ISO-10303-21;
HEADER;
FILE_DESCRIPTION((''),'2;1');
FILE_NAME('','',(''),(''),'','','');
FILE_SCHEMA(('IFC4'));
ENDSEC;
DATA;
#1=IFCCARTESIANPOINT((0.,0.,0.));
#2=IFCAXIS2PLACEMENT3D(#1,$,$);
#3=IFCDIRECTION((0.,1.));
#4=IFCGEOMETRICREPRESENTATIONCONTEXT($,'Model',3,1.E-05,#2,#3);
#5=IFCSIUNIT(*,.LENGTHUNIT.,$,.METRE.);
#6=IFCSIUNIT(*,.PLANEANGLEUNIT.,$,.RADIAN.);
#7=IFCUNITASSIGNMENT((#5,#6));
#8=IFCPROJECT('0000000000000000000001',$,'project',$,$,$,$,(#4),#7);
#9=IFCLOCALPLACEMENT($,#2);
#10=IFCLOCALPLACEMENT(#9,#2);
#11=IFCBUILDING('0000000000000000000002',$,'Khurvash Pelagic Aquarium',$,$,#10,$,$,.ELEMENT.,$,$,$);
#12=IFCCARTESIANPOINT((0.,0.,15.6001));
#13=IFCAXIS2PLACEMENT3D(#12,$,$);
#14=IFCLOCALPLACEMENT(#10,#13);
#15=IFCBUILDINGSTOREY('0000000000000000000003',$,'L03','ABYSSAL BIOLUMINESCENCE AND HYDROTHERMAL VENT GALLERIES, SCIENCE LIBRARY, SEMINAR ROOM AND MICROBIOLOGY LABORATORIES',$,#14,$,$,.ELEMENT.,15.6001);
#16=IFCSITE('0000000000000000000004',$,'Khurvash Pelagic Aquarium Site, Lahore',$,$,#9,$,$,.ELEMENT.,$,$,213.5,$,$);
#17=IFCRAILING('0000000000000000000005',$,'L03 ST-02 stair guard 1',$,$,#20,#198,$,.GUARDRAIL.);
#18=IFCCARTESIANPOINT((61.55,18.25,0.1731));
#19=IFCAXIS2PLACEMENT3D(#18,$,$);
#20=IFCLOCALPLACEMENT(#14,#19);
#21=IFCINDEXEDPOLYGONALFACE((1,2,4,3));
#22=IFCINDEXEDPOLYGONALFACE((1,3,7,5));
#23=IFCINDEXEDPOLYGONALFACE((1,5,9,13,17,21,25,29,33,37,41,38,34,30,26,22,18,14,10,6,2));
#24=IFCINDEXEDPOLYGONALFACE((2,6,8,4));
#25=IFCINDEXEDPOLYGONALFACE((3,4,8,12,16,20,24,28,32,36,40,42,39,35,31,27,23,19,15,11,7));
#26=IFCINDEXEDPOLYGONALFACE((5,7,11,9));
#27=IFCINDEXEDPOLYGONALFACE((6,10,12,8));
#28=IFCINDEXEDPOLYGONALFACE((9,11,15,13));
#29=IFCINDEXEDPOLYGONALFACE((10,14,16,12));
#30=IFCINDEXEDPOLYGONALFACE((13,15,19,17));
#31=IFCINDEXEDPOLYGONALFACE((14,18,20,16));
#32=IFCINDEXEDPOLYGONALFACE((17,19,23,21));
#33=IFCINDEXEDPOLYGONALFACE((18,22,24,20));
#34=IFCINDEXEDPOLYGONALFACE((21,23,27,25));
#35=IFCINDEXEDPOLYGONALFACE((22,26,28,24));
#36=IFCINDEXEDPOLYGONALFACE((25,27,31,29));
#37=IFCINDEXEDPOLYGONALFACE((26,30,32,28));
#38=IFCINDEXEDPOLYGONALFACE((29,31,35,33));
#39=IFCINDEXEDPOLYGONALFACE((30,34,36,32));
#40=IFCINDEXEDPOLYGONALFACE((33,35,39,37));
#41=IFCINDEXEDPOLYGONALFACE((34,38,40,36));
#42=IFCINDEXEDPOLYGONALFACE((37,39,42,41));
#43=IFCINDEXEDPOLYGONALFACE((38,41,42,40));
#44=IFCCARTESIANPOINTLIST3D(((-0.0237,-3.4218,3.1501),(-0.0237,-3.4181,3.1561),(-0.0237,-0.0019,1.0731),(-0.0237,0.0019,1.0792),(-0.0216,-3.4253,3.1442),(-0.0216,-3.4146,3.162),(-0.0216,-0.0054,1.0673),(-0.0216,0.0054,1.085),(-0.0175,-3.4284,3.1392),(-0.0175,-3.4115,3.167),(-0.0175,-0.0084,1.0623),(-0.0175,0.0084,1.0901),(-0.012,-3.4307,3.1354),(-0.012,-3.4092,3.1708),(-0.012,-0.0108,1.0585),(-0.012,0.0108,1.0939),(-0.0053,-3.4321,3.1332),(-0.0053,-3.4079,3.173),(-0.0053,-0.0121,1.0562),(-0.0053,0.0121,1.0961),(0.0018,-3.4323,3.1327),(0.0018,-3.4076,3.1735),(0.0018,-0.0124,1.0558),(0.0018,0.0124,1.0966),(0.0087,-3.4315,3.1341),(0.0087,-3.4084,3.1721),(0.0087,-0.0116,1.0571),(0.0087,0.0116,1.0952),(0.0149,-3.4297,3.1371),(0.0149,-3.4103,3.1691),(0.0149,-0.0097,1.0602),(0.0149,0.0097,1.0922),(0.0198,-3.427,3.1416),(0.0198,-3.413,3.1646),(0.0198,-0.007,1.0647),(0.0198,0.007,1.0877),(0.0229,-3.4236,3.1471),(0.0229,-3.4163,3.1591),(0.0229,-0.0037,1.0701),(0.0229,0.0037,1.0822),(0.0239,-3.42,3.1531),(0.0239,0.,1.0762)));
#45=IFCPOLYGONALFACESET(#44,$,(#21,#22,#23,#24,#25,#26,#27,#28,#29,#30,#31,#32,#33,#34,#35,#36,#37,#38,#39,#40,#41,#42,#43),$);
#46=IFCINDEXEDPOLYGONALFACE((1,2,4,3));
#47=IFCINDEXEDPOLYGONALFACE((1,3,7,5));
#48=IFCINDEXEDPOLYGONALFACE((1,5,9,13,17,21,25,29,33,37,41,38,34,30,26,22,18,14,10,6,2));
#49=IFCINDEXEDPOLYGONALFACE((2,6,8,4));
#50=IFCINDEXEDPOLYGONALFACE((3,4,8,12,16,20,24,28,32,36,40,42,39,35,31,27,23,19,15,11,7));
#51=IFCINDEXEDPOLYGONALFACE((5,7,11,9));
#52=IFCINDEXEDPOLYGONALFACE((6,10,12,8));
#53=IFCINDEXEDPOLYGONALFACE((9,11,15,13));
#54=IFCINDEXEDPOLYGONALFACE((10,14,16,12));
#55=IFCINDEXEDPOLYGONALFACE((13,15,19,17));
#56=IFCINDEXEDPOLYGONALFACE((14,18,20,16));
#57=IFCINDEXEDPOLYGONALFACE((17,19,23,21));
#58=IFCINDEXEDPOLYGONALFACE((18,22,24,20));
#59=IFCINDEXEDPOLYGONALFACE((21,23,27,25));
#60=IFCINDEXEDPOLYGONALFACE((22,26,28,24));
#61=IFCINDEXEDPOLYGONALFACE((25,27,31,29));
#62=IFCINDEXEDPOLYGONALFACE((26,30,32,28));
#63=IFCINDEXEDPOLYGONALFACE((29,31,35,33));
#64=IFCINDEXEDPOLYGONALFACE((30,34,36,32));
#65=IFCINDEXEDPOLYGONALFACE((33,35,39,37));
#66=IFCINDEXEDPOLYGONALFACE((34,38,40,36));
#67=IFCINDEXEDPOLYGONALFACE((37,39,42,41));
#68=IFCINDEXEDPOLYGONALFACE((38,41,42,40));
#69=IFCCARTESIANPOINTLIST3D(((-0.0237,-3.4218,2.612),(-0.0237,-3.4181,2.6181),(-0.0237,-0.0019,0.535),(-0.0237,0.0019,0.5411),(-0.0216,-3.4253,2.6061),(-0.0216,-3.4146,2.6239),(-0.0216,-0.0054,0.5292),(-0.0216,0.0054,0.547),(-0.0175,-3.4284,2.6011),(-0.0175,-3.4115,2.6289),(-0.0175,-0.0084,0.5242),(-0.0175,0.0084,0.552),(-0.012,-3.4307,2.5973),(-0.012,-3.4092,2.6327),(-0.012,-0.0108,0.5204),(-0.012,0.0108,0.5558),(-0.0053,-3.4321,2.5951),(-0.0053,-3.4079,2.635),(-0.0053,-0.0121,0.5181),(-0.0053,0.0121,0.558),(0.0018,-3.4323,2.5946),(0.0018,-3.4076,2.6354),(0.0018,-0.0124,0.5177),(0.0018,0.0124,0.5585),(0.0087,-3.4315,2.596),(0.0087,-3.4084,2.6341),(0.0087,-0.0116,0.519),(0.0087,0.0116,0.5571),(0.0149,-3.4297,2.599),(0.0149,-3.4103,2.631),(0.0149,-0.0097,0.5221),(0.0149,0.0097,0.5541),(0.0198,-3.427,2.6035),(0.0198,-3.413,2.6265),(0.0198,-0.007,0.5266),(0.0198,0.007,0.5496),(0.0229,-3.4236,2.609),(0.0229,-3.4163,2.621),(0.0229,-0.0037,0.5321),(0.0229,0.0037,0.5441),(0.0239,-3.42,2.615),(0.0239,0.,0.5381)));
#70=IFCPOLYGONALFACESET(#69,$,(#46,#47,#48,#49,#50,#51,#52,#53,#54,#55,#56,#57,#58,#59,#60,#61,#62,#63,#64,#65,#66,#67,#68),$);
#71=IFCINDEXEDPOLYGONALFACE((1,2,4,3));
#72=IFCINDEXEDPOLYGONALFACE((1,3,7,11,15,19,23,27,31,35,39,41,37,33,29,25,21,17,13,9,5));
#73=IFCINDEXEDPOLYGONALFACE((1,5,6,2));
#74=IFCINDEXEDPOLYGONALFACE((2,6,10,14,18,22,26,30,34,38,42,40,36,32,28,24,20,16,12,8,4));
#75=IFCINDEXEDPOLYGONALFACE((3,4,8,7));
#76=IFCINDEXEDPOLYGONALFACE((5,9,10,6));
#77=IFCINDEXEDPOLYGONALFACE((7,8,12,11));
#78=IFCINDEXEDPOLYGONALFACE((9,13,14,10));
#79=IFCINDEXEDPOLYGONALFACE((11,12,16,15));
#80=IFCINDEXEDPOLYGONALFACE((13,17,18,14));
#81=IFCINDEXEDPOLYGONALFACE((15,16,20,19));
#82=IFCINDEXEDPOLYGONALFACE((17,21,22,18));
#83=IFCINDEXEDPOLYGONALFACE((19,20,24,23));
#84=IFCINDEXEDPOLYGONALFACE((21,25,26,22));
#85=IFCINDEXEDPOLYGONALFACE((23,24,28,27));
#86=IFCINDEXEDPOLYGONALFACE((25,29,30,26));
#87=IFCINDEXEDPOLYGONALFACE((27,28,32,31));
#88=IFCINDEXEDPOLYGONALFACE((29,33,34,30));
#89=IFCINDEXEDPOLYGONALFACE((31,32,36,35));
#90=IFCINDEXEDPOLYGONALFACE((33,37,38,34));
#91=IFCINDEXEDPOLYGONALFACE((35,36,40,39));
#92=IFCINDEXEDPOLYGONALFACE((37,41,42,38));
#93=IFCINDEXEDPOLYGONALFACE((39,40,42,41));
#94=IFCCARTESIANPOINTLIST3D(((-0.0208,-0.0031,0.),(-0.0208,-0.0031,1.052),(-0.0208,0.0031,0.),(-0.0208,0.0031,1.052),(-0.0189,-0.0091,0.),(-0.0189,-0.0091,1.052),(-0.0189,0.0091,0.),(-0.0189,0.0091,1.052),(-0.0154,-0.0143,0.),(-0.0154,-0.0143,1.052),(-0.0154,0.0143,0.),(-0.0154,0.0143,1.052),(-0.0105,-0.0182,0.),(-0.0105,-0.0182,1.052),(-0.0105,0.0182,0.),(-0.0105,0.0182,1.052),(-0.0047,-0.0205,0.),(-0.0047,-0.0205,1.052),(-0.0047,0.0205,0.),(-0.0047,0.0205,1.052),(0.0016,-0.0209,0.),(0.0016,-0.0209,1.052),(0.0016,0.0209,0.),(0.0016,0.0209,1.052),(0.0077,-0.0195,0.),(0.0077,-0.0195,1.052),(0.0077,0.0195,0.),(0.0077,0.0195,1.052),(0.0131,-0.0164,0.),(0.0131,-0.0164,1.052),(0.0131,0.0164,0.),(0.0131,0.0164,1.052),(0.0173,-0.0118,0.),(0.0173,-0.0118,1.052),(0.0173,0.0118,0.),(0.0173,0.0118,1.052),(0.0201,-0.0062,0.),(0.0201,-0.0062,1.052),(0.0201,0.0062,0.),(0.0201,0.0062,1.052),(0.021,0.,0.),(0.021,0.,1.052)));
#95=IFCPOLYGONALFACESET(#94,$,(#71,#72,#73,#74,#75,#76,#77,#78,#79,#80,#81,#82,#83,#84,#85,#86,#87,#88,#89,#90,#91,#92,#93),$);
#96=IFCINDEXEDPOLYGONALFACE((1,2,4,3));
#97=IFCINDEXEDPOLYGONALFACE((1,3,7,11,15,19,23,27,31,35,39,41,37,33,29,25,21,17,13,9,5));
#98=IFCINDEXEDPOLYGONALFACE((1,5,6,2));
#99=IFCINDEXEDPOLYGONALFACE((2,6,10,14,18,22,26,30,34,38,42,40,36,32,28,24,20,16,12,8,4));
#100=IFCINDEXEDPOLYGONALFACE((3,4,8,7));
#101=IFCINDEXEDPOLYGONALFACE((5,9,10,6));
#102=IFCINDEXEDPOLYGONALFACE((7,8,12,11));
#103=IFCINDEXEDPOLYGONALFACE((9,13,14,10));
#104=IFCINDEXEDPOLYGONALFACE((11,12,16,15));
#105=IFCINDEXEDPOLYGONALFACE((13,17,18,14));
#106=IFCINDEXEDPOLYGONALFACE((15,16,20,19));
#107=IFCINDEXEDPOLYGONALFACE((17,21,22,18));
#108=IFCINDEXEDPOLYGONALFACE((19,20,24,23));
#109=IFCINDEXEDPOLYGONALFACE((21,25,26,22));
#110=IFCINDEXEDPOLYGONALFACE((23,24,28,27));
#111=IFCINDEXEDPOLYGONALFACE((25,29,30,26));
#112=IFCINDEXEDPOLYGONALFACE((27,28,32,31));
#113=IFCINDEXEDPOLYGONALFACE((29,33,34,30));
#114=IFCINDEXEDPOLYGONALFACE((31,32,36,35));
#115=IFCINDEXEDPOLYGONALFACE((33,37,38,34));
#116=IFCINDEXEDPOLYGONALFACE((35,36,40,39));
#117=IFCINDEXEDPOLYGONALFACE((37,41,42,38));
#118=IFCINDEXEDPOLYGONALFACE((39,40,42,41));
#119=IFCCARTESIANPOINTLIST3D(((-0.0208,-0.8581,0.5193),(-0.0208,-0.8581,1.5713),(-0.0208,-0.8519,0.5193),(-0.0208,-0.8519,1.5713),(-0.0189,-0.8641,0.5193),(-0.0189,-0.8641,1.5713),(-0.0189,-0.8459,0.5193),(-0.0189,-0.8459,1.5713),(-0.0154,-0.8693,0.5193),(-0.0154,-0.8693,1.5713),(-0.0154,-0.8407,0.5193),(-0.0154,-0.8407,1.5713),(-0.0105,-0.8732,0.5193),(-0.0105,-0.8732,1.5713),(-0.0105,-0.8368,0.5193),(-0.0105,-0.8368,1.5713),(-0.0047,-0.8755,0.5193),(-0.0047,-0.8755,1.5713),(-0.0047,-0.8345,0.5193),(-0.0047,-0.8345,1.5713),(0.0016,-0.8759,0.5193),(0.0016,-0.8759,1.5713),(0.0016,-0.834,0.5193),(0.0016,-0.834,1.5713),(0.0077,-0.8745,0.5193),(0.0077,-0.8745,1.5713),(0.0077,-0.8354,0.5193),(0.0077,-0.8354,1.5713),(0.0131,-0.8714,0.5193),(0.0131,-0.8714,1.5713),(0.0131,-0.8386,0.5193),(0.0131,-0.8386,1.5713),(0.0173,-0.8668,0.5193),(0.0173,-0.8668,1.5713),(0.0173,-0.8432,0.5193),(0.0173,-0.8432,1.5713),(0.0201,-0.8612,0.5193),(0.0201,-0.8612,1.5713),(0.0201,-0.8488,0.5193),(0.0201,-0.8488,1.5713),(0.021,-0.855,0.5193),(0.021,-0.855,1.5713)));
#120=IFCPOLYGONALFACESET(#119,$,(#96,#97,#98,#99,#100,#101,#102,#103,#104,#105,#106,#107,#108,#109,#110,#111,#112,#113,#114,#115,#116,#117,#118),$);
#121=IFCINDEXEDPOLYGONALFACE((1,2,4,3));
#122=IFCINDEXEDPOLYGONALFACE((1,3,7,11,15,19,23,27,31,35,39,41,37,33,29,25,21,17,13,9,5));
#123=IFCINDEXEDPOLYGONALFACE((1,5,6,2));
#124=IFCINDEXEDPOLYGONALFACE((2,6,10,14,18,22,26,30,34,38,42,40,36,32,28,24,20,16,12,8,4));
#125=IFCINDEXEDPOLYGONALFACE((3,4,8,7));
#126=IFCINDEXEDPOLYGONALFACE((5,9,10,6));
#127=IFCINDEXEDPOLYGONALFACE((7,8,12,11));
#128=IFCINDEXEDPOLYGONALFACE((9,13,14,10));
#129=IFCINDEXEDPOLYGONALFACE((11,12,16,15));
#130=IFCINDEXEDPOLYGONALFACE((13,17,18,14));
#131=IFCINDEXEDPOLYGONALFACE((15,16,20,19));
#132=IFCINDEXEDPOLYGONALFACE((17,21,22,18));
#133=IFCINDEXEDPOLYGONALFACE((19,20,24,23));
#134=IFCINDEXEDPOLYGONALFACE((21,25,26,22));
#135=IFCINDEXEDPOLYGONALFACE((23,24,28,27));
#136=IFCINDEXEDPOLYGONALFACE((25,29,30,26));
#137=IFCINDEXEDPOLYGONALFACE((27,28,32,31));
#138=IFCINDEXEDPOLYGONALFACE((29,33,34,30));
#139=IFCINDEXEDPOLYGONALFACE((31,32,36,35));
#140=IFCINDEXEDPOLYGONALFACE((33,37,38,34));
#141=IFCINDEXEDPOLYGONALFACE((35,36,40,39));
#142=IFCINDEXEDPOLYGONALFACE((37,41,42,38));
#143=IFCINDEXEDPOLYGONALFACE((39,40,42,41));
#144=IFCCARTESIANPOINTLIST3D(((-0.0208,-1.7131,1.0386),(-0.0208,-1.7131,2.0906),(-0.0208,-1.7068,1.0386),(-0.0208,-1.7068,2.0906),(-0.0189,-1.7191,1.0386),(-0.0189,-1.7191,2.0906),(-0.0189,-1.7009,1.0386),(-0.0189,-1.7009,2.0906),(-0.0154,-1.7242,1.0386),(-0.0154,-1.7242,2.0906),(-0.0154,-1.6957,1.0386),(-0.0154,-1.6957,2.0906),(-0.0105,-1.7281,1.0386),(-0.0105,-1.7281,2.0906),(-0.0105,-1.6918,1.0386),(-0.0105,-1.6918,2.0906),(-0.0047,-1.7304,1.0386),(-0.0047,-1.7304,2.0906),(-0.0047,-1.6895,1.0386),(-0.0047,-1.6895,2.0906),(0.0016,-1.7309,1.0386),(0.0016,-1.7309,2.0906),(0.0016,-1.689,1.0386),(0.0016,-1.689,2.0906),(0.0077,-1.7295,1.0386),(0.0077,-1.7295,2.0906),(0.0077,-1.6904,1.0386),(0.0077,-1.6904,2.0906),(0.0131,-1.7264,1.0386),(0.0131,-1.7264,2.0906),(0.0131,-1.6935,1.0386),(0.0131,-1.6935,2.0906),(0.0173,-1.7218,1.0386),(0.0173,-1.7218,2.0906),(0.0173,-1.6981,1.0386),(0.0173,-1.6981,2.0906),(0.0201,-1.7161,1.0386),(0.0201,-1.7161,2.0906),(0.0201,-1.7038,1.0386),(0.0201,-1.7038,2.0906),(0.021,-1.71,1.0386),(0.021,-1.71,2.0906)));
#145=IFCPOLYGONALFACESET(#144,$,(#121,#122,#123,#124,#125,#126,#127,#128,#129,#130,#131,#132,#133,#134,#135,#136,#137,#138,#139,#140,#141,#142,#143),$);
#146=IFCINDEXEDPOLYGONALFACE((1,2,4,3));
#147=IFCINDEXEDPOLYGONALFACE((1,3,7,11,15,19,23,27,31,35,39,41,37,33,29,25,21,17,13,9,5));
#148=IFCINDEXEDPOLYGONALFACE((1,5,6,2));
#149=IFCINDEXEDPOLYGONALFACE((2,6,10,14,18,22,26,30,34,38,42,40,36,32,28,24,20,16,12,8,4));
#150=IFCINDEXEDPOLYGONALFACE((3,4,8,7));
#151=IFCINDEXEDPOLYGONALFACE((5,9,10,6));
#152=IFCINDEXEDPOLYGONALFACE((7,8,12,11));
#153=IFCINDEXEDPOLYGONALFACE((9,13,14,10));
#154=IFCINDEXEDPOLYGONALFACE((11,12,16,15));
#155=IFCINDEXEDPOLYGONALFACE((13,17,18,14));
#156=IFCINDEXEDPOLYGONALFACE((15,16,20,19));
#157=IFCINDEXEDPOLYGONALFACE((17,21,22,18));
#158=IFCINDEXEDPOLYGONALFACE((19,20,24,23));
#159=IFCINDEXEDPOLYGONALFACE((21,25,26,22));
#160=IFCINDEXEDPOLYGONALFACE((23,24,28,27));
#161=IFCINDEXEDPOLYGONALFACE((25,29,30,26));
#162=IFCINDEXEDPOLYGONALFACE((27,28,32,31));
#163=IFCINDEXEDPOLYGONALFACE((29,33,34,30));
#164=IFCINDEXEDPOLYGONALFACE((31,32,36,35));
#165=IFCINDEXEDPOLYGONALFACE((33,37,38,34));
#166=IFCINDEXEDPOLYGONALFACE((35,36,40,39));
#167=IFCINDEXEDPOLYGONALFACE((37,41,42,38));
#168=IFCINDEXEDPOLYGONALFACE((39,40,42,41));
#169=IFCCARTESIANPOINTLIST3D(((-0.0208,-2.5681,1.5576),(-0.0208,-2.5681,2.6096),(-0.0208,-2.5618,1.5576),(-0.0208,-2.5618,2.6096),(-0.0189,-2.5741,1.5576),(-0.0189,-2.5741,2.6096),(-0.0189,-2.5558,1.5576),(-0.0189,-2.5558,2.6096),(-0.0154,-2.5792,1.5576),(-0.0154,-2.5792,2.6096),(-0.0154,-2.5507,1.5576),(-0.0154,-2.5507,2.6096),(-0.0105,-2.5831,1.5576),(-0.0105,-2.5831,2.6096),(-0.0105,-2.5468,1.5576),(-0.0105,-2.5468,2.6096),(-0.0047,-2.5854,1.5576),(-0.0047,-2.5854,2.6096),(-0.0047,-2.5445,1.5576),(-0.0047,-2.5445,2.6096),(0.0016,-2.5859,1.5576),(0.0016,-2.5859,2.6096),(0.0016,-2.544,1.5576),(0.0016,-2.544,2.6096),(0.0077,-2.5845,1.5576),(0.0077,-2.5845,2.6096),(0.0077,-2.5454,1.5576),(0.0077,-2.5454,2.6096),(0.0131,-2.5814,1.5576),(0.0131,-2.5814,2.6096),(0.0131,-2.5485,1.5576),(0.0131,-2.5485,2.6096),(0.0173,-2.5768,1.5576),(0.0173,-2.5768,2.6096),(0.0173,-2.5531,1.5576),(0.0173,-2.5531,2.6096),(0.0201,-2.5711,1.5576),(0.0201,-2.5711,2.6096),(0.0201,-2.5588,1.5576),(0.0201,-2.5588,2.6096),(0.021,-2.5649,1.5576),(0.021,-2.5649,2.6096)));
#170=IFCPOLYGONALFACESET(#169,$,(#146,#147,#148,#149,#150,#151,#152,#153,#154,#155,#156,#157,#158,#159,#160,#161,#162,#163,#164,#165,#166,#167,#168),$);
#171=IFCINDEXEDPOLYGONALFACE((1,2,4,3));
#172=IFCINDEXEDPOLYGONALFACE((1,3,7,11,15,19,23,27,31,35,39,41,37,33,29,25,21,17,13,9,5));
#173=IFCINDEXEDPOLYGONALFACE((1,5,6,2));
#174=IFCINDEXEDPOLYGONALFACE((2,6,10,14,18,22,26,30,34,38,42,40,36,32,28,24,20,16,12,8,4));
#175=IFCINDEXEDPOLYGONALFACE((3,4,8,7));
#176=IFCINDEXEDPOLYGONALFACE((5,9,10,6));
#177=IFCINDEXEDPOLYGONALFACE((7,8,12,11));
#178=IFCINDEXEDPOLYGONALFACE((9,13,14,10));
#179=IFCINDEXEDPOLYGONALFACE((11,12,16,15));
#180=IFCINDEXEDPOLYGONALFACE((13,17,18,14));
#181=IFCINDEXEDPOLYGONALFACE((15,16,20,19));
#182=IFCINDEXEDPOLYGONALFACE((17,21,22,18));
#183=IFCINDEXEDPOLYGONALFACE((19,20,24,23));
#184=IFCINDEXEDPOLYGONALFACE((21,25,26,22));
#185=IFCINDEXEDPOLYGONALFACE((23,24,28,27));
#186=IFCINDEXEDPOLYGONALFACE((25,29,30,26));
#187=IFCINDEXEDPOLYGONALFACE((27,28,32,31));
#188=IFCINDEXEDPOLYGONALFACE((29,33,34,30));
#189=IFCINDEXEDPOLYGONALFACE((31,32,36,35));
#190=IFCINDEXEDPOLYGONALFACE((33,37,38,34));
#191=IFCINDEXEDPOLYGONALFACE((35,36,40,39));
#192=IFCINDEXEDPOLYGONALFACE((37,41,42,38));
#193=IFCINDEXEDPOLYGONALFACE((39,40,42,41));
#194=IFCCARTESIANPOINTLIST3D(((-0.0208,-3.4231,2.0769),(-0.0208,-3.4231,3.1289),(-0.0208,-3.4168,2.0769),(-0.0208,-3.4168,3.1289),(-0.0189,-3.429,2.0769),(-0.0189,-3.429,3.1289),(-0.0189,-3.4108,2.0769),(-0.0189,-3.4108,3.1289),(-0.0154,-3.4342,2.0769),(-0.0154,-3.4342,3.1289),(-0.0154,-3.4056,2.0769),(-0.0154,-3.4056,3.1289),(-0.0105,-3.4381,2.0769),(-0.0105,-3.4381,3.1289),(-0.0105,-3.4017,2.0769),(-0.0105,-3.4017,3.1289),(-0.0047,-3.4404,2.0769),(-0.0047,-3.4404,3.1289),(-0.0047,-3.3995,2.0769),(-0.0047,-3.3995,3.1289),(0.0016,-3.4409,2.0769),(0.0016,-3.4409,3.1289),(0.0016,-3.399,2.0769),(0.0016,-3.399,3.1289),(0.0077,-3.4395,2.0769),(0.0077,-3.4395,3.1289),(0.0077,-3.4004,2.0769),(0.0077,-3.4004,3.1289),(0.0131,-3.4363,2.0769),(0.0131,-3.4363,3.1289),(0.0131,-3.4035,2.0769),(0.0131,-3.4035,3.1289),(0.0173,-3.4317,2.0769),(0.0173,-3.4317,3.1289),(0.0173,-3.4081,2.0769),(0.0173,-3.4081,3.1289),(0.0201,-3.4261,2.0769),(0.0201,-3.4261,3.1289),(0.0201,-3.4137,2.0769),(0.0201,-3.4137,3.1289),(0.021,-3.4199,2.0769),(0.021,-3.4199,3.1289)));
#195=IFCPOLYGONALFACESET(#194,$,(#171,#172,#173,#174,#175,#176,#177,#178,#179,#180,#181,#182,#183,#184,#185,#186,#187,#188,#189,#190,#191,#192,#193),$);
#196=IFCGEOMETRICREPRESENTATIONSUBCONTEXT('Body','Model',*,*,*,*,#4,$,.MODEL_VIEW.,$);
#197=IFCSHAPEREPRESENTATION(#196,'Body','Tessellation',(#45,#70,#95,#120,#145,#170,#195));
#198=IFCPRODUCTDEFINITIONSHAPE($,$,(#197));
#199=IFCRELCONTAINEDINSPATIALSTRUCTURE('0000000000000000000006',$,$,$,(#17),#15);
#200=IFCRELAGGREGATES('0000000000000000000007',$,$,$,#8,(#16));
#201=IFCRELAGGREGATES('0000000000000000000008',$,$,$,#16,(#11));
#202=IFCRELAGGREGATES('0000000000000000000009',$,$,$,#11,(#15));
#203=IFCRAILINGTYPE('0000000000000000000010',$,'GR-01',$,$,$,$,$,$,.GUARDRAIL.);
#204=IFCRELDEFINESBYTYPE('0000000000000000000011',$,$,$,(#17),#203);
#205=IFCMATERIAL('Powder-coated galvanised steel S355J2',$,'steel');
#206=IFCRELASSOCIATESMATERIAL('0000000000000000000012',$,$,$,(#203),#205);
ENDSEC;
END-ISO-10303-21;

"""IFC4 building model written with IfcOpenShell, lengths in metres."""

from ifc_helpers import new_model, si_unit, direction, frame, origin, origin_2d, place, context, subcontext, project, spatial, circle, extrude, material, type_object, element, save


model = new_model("IFC4")

# Units and contexts
model_context = context("Model", 3, precision=1e-05, world=origin(), true_north=direction((0.0, 1.0)))
body_context = subcontext(model_context, "Body", "Model", "MODEL_VIEW")
ifc_project = project(units=[si_unit("LENGTHUNIT", "METRE"), si_unit("PLANEANGLEUNIT", "RADIAN")], contexts=[model_context])

# Site, building, storey
site_placement = place(None, origin())
site = spatial("IfcSite", under=ifc_project, at=site_placement, Name="Khurvash Pelagic Aquarium Site, Lahore", CompositionType="ELEMENT", RefElevation=213.5)
building_placement = place(site_placement, origin())
building = spatial("IfcBuilding", under=site, at=building_placement, Name="Khurvash Pelagic Aquarium", CompositionType="ELEMENT")
storey_placement = place(building_placement, frame((0.0, 0.0, 15.6001)))
storey = spatial("IfcBuildingStorey", under=building, at=storey_placement, Name="L03", Description="ABYSSAL BIOLUMINESCENCE AND HYDROTHERMAL VENT GALLERIES, SCIENCE LIBRARY, SEMINAR ROOM AND MICROBIOLOGY LABORATORIES", CompositionType="ELEMENT", Elevation=15.6001)

# Railing
ifc_material_1 = material(Name="Powder-coated galvanised steel S355J2", Category="steel")
railing_type_1 = type_object("IfcRailingType", Name="GR-01", PredefinedType="GUARDRAIL", material=ifc_material_1)
railing_1_placement = place(storey_placement, frame((61.55, 18.25, 0.1731)))
element("IfcRailing", 1, at=railing_1_placement, inside=storey, type_object=railing_type_1, Name="L03 ST-02 stair guard 1", PredefinedType="GUARDRAIL", context=body_context, shape_type="SweptSolid", body=[
    extrude(circle(Radius=0.0239, at=origin_2d()), frame((0.0, 0.0, 1.0762), z_axis=(0.0, -0.85473, 0.519074), x_axis=(1.0, 0.0, 0.0)), (0.0, 0.0, 1.0), 4.0012),
    extrude(circle(Radius=0.0239, at=origin_2d()), frame((0.0, 0.0, 0.5381), z_axis=(0.0, -0.85473, 0.519074), x_axis=(1.0, 0.0, 0.0)), (0.0, 0.0, 1.0), 4.0012),
    extrude(circle(Radius=0.021, at=origin_2d()), origin(), (0.0, 0.0, 1.0), 1.052),
    extrude(circle(Radius=0.021, at=origin_2d()), frame((0.0, -0.855, 0.5193)), (0.0, 0.0, 1.0), 1.052),
    extrude(circle(Radius=0.021, at=origin_2d()), frame((0.0, -1.71, 1.0386)), (0.0, 0.0, 1.0), 1.052),
    extrude(circle(Radius=0.021, at=origin_2d()), frame((0.0, -2.5649, 1.5576)), (0.0, 0.0, 1.0), 1.052),
    extrude(circle(Radius=0.021, at=origin_2d()), frame((0.0, -3.4199, 2.0769)), (0.0, 0.0, 1.0), 1.052),
])

save(model, "model.ifc")
